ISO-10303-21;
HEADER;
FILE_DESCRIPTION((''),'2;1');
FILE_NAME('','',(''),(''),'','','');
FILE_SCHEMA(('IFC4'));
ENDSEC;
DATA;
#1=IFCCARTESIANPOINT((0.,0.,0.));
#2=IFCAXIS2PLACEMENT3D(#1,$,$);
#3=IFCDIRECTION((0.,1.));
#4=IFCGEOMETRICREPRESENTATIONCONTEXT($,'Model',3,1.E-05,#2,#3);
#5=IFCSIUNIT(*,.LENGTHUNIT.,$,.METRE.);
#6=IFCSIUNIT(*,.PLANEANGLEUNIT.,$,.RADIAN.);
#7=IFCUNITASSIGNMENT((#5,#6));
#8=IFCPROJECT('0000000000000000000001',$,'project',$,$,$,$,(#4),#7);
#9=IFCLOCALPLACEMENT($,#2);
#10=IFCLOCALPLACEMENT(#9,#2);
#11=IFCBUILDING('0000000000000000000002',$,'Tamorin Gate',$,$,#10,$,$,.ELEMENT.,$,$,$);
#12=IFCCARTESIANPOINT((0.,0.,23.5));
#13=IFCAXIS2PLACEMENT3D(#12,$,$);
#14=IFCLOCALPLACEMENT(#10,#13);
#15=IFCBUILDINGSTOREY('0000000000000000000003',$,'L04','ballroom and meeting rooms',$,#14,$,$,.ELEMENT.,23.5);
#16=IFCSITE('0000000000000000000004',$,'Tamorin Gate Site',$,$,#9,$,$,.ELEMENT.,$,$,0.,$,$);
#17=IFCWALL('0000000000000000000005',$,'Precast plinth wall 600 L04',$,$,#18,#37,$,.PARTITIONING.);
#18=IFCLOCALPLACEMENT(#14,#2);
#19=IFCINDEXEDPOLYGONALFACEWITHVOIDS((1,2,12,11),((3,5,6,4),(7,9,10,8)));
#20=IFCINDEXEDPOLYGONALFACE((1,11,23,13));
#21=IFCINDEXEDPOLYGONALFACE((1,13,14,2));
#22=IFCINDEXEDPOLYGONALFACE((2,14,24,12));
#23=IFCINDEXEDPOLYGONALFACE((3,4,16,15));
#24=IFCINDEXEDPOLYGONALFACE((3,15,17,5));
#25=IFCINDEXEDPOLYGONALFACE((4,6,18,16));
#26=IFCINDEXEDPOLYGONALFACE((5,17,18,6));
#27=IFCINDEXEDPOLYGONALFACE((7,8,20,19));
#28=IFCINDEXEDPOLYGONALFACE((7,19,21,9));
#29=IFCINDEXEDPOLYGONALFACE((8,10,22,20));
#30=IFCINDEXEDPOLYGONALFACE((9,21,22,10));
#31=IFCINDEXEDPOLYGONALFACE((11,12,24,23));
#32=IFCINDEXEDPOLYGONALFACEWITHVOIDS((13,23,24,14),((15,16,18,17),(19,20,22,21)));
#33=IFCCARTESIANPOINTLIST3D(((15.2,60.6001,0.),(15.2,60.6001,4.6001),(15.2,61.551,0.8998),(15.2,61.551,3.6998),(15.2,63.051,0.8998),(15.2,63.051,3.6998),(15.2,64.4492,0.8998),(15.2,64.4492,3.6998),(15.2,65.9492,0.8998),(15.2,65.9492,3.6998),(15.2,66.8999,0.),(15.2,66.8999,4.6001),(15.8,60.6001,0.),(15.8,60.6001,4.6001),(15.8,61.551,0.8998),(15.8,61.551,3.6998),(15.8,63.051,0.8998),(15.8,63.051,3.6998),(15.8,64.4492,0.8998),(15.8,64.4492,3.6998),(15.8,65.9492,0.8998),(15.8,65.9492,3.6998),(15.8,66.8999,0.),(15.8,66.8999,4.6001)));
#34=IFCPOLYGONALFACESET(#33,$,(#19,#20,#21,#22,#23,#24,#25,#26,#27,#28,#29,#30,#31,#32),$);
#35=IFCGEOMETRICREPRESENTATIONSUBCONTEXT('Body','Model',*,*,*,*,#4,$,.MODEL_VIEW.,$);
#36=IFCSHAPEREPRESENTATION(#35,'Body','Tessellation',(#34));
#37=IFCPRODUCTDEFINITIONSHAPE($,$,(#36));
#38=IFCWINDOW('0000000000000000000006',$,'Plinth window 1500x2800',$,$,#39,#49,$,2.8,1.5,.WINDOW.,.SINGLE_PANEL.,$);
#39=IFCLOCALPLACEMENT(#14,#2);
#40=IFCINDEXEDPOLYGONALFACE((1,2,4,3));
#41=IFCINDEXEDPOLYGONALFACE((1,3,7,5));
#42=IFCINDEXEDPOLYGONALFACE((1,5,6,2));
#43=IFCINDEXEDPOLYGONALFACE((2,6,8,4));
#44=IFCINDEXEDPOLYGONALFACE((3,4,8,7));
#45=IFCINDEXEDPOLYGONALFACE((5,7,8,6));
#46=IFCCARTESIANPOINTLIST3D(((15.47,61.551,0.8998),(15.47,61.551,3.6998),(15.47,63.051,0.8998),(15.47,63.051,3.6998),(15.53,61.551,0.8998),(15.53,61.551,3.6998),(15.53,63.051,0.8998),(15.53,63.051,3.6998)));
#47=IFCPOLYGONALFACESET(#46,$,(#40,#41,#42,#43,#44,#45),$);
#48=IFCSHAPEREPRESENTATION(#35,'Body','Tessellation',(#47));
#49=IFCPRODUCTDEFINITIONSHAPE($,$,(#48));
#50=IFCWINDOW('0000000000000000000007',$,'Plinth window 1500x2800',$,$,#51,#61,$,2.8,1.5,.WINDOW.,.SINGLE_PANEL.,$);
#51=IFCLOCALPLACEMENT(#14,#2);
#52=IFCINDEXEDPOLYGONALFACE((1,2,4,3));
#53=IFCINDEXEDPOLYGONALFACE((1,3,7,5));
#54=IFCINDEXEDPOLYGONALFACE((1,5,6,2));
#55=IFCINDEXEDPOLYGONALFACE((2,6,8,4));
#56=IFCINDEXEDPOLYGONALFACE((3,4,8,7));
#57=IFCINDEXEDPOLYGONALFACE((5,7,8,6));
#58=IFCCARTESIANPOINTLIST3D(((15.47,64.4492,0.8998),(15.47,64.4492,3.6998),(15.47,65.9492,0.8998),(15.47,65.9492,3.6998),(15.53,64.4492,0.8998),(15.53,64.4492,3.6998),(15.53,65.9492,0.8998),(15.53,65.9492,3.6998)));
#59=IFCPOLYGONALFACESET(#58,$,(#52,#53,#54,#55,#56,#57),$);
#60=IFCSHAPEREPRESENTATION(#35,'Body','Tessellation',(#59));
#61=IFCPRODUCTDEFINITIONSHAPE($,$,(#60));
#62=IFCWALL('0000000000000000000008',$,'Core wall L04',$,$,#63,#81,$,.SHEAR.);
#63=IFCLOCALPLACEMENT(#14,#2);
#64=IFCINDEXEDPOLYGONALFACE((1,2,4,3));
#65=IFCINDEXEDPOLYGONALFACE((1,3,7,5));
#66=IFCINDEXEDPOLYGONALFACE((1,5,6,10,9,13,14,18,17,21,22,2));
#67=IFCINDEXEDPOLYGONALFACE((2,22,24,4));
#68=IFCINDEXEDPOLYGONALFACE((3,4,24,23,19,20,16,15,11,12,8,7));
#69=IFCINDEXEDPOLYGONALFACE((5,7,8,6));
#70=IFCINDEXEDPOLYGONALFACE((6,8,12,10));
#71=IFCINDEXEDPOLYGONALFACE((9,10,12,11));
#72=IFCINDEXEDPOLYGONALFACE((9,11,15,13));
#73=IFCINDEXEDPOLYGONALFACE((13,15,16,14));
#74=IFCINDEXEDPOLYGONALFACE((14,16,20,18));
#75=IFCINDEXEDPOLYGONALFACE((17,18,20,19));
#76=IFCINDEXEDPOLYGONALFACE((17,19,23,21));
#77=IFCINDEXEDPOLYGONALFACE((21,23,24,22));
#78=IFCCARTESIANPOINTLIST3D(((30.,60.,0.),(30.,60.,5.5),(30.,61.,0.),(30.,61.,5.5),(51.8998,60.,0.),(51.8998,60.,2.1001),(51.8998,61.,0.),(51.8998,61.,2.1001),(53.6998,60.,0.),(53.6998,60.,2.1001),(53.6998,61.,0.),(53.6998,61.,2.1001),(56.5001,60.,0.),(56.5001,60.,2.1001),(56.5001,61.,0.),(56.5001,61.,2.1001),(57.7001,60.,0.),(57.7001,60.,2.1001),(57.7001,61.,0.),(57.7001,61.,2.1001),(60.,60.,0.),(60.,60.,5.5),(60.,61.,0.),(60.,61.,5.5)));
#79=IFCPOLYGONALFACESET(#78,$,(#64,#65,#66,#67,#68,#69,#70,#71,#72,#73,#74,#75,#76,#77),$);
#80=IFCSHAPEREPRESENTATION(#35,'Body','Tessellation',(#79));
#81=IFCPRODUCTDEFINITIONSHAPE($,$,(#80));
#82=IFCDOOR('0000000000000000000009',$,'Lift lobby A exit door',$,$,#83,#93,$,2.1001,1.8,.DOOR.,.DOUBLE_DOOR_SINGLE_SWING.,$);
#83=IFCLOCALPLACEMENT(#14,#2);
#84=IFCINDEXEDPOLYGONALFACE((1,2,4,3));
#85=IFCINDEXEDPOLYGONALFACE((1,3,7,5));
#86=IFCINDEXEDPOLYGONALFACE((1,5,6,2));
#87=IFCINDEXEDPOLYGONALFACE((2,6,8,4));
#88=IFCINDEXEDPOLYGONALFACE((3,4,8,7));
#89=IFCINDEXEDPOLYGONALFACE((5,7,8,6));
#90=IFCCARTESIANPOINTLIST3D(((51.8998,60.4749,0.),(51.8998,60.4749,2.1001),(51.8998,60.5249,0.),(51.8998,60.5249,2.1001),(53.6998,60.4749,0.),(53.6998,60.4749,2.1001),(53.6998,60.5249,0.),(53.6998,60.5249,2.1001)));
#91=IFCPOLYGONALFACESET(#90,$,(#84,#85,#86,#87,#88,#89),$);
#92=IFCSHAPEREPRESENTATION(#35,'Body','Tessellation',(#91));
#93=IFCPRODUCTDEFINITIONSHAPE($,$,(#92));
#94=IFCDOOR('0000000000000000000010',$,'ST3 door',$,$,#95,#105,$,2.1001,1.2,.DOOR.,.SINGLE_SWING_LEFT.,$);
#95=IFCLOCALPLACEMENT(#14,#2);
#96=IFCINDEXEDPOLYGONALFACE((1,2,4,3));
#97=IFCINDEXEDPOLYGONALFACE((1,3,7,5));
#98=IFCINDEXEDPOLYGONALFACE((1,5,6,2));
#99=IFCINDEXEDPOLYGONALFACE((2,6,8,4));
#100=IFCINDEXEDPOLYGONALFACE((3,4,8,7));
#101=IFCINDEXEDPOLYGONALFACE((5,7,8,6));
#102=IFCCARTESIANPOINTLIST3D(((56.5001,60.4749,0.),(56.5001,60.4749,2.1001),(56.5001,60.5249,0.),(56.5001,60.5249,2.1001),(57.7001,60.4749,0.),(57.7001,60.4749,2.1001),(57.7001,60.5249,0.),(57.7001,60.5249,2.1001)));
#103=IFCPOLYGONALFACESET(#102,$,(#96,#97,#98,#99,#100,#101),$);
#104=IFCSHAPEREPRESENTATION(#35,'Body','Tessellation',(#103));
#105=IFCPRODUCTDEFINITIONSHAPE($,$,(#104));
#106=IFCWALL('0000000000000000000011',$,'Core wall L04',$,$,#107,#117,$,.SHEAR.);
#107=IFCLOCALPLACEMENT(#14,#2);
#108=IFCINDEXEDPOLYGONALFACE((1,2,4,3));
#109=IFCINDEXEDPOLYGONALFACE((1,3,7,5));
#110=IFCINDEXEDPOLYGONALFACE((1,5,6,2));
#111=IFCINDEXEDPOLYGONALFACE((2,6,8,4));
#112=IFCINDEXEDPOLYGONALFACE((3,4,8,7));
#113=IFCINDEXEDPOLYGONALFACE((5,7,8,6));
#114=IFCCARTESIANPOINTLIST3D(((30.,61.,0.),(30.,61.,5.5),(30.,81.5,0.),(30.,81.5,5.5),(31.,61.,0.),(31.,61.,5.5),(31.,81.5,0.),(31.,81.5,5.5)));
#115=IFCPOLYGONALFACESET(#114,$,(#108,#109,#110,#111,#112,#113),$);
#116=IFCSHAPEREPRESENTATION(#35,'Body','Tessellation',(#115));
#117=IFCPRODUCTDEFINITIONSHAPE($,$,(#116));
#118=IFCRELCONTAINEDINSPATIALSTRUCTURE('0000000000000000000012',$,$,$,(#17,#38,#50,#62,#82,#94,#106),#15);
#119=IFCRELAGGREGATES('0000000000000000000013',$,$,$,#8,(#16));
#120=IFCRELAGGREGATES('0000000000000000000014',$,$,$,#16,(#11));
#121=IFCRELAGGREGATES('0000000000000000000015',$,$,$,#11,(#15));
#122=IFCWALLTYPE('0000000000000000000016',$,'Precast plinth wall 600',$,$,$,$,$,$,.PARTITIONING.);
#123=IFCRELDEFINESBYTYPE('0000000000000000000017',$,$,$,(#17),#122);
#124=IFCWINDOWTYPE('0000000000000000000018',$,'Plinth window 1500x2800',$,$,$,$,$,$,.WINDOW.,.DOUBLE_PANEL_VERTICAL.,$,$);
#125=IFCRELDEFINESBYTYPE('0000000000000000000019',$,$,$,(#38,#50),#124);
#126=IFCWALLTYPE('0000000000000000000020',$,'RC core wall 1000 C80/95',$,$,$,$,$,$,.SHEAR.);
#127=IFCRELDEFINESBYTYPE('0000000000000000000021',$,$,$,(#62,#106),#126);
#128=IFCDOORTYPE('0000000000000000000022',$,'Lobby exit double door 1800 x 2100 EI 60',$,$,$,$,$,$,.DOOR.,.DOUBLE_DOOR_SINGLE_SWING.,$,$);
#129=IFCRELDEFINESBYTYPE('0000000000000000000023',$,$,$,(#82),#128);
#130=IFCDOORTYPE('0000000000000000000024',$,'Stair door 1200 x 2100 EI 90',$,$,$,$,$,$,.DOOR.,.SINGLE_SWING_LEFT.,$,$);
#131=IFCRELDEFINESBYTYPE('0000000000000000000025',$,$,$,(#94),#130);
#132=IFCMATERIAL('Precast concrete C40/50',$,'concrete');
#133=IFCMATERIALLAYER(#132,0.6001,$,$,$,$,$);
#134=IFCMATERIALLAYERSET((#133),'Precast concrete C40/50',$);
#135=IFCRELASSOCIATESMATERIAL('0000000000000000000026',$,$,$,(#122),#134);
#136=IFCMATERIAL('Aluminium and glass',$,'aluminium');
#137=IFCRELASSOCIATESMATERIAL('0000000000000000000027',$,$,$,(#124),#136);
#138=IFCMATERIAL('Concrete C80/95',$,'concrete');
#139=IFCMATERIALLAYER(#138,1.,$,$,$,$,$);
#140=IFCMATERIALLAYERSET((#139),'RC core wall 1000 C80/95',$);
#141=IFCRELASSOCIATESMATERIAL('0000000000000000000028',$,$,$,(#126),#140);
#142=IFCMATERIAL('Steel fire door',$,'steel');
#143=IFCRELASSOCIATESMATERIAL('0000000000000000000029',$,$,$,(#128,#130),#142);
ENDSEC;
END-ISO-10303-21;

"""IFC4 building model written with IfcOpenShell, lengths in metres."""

from ifc_helpers import new_model, si_unit, direction, frame, frame_2d, origin, place, context, subcontext, project, spatial, rectangle, extrude, material, layer, layer_set, type_object, element, fill, save


model = new_model("IFC4")

# Units and contexts
model_context = context("Model", 3, precision=1e-05, world=origin(), true_north=direction((0.0, 1.0)))
body_context = subcontext(model_context, "Body", "Model", "MODEL_VIEW")
ifc_project = project(units=[si_unit("LENGTHUNIT", "METRE"), si_unit("PLANEANGLEUNIT", "RADIAN")], contexts=[model_context])

# Site, building, storey
site_placement = place(None, origin())
site = spatial("IfcSite", under=ifc_project, at=site_placement, Name="Tamorin Gate Site", CompositionType="ELEMENT", RefElevation=0.0)
building_placement = place(site_placement, origin())
building = spatial("IfcBuilding", under=site, at=building_placement, Name="Tamorin Gate", CompositionType="ELEMENT")
storey_placement = place(building_placement, frame((0.0, 0.0, 23.5)))
storey = spatial("IfcBuildingStorey", under=building, at=storey_placement, Name="L04", Description="ballroom and meeting rooms", CompositionType="ELEMENT", Elevation=23.5)

# Shared definitions
ifc_material_1 = material(Name="Concrete C80/95", Category="concrete")

# Wall, openings, windows
ifc_material_2 = material(Name="Precast concrete C40/50", Category="concrete")
ifc_layer_1 = layer(ifc_material_2, 0.6001)
ifc_layer_set_1 = layer_set([ifc_layer_1], Name="Precast concrete C40/50")
wall_type_1 = type_object("IfcWallType", Name="Precast plinth wall 600", PredefinedType="PARTITIONING", material=ifc_layer_set_1)
ifc_material_3 = material(Name="Aluminium and glass", Category="aluminium")
window_type = type_object("IfcWindowType", Name="Plinth window 1500x2800", PartitioningType="DOUBLE_PANEL_VERTICAL", PredefinedType="WINDOW", material=ifc_material_3)
wall_1_placement = place(storey_placement, frame((15.5, 60.6001, 0.0), z_axis=(0.0, 0.0, 1.0), x_axis=(0.0, 1.0, 0.0)))
wall_1 = element("IfcWall", 1, at=wall_1_placement, inside=storey, type_object=wall_type_1, Name="Precast plinth wall 600 L04", PredefinedType="PARTITIONING", context=body_context, shape_type="SweptSolid", body=[
    extrude(rectangle(XDim=6.2998, YDim=0.6001, at=frame_2d((3.1499, 0.0))), origin(), (0.0, 0.0, 1.0), 4.6001),
])
opening_1_placement = place(wall_1_placement, frame((0.9509, 0.0, 0.8999)))
opening_1 = element("IfcOpeningElement", 2, at=opening_1_placement, cuts=wall_1, PredefinedType="OPENING", context=body_context, shape_type="SweptSolid", body=[
    extrude(rectangle(XDim=1.5, YDim=2.8, at=frame_2d((0.75, 1.3999))), frame((0.0, 0.3101, 0.0), z_axis=(0.0, -1.0, 0.0), x_axis=(1.0, 0.0, 0.0)), (0.0, 0.0, 1.0), 0.6201),
])
opening_2_placement = place(wall_1_placement, frame((3.8491, 0.0, 0.8999)))
opening_2 = element("IfcOpeningElement", 3, at=opening_2_placement, cuts=wall_1, PredefinedType="OPENING", context=body_context, shape_type="SweptSolid", body=[
    extrude(rectangle(XDim=1.5, YDim=2.8, at=frame_2d((0.75, 1.3999))), frame((0.0, 0.3101, 0.0), z_axis=(0.0, -1.0, 0.0), x_axis=(1.0, 0.0, 0.0)), (0.0, 0.0, 1.0), 0.6201),
])
window_1_placement = place(opening_1_placement, origin())
window_1 = element("IfcWindow", 4, at=window_1_placement, inside=storey, type_object=window_type, Name="Plinth window 1500x2800", OverallHeight=2.8, OverallWidth=1.5, PartitioningType="SINGLE_PANEL", PredefinedType="WINDOW", context=body_context, shape_type="SweptSolid", body=[
    extrude(rectangle(XDim=1.5, YDim=2.8, at=frame_2d((0.75, 1.3999))), frame((0.0, 0.03, 0.0), z_axis=(0.0, -1.0, 0.0), x_axis=(1.0, 0.0, 0.0)), (0.0, 0.0, 1.0), 0.0601),
])
fill(opening_1, window_1)
window_2_placement = place(opening_2_placement, origin())
window_2 = element("IfcWindow", 5, at=window_2_placement, inside=storey, type_object=window_type, Name="Plinth window 1500x2800", OverallHeight=2.8, OverallWidth=1.5, PartitioningType="SINGLE_PANEL", PredefinedType="WINDOW", context=body_context, shape_type="SweptSolid", body=[
    extrude(rectangle(XDim=1.5, YDim=2.8, at=frame_2d((0.75, 1.3999))), frame((0.0, 0.03, 0.0), z_axis=(0.0, -1.0, 0.0), x_axis=(1.0, 0.0, 0.0)), (0.0, 0.0, 1.0), 0.0601),
])
fill(opening_2, window_2)

# Wall, openings, doors
ifc_layer_2 = layer(ifc_material_1, 1.0)
ifc_layer_set_2 = layer_set([ifc_layer_2], Name="RC core wall 1000 C80/95")
wall_type_2 = type_object("IfcWallType", Name="RC core wall 1000 C80/95", PredefinedType="SHEAR", material=ifc_layer_set_2)
wall_2_placement = place(storey_placement, frame((30.0, 60.5, 0.0), z_axis=(0.0, 0.0, 1.0), x_axis=(1.0, 0.0, 0.0)))
wall_2 = element("IfcWall", 6, at=wall_2_placement, inside=storey, type_object=wall_type_2, Name="Core wall L04", PredefinedType="SHEAR", context=body_context, shape_type="SweptSolid", body=[
    extrude(rectangle(XDim=30.0, YDim=1.0, at=frame_2d((15.0, 0.0))), origin(), (0.0, 0.0, 1.0), 5.5),
])
opening_3_placement = place(wall_2_placement, frame((21.8999, 0.0, 0.0)))
opening_3 = element("IfcOpeningElement", 7, at=opening_3_placement, cuts=wall_2, PredefinedType="OPENING", context=body_context, shape_type="SweptSolid", body=[
    extrude(rectangle(XDim=1.8, YDim=2.1001, at=frame_2d((0.8999, 1.05))), frame((0.0, 0.51, 0.0), z_axis=(0.0, -1.0, 0.0), x_axis=(1.0, 0.0, 0.0)), (0.0, 0.0, 1.0), 1.02),
])
opening_4_placement = place(wall_2_placement, frame((26.5, 0.0, 0.0)))
opening_4 = element("IfcOpeningElement", 8, at=opening_4_placement, cuts=wall_2, PredefinedType="OPENING", context=body_context, shape_type="SweptSolid", body=[
    extrude(rectangle(XDim=1.2, YDim=2.1001, at=frame_2d((0.6001, 1.05))), frame((0.0, 0.51, 0.0), z_axis=(0.0, -1.0, 0.0), x_axis=(1.0, 0.0, 0.0)), (0.0, 0.0, 1.0), 1.02),
])
ifc_material_4 = material(Name="Steel fire door", Category="steel")
door_type_1 = type_object("IfcDoorType", Name="Lobby exit double door 1800 x 2100 EI 60", OperationType="DOUBLE_DOOR_SINGLE_SWING", PredefinedType="DOOR", material=ifc_material_4)
door_1_placement = place(opening_3_placement, origin())
door_1 = element("IfcDoor", 9, at=door_1_placement, inside=storey, type_object=door_type_1, Name="Lift lobby A exit door", OperationType="DOUBLE_DOOR_SINGLE_SWING", OverallHeight=2.1001, OverallWidth=1.8, PredefinedType="DOOR", context=body_context, shape_type="SweptSolid", body=[
    extrude(rectangle(XDim=1.8, YDim=2.1001, at=frame_2d((0.8999, 1.05))), frame((0.0, 0.0249, 0.0), z_axis=(0.0, -1.0, 0.0), x_axis=(1.0, 0.0, 0.0)), (0.0, 0.0, 1.0), 0.05),
])
fill(opening_3, door_1)
door_type_2 = type_object("IfcDoorType", Name="Stair door 1200 x 2100 EI 90", OperationType="SINGLE_SWING_LEFT", PredefinedType="DOOR", material=ifc_material_4)
door_2_placement = place(opening_4_placement, origin())
door_2 = element("IfcDoor", 10, at=door_2_placement, inside=storey, type_object=door_type_2, Name="ST3 door", OperationType="SINGLE_SWING_LEFT", OverallHeight=2.1001, OverallWidth=1.2, PredefinedType="DOOR", context=body_context, shape_type="SweptSolid", body=[
    extrude(rectangle(XDim=1.2, YDim=2.1001, at=frame_2d((0.6001, 1.05))), frame((0.0, 0.0249, 0.0), z_axis=(0.0, -1.0, 0.0), x_axis=(1.0, 0.0, 0.0)), (0.0, 0.0, 1.0), 0.05),
])
fill(opening_4, door_2)

# Wall
wall_3_placement = place(storey_placement, frame((30.5, 61.0, 0.0), z_axis=(0.0, 0.0, 1.0), x_axis=(0.0, 1.0, 0.0)))
element("IfcWall", 11, at=wall_3_placement, inside=storey, type_object=wall_type_2, Name="Core wall L04", PredefinedType="SHEAR", context=body_context, shape_type="SweptSolid", body=[
    extrude(rectangle(XDim=20.5, YDim=1.0, at=frame_2d((10.25, 0.0))), origin(), (0.0, 0.0, 1.0), 5.5),
])

save(model, "model.ifc")
